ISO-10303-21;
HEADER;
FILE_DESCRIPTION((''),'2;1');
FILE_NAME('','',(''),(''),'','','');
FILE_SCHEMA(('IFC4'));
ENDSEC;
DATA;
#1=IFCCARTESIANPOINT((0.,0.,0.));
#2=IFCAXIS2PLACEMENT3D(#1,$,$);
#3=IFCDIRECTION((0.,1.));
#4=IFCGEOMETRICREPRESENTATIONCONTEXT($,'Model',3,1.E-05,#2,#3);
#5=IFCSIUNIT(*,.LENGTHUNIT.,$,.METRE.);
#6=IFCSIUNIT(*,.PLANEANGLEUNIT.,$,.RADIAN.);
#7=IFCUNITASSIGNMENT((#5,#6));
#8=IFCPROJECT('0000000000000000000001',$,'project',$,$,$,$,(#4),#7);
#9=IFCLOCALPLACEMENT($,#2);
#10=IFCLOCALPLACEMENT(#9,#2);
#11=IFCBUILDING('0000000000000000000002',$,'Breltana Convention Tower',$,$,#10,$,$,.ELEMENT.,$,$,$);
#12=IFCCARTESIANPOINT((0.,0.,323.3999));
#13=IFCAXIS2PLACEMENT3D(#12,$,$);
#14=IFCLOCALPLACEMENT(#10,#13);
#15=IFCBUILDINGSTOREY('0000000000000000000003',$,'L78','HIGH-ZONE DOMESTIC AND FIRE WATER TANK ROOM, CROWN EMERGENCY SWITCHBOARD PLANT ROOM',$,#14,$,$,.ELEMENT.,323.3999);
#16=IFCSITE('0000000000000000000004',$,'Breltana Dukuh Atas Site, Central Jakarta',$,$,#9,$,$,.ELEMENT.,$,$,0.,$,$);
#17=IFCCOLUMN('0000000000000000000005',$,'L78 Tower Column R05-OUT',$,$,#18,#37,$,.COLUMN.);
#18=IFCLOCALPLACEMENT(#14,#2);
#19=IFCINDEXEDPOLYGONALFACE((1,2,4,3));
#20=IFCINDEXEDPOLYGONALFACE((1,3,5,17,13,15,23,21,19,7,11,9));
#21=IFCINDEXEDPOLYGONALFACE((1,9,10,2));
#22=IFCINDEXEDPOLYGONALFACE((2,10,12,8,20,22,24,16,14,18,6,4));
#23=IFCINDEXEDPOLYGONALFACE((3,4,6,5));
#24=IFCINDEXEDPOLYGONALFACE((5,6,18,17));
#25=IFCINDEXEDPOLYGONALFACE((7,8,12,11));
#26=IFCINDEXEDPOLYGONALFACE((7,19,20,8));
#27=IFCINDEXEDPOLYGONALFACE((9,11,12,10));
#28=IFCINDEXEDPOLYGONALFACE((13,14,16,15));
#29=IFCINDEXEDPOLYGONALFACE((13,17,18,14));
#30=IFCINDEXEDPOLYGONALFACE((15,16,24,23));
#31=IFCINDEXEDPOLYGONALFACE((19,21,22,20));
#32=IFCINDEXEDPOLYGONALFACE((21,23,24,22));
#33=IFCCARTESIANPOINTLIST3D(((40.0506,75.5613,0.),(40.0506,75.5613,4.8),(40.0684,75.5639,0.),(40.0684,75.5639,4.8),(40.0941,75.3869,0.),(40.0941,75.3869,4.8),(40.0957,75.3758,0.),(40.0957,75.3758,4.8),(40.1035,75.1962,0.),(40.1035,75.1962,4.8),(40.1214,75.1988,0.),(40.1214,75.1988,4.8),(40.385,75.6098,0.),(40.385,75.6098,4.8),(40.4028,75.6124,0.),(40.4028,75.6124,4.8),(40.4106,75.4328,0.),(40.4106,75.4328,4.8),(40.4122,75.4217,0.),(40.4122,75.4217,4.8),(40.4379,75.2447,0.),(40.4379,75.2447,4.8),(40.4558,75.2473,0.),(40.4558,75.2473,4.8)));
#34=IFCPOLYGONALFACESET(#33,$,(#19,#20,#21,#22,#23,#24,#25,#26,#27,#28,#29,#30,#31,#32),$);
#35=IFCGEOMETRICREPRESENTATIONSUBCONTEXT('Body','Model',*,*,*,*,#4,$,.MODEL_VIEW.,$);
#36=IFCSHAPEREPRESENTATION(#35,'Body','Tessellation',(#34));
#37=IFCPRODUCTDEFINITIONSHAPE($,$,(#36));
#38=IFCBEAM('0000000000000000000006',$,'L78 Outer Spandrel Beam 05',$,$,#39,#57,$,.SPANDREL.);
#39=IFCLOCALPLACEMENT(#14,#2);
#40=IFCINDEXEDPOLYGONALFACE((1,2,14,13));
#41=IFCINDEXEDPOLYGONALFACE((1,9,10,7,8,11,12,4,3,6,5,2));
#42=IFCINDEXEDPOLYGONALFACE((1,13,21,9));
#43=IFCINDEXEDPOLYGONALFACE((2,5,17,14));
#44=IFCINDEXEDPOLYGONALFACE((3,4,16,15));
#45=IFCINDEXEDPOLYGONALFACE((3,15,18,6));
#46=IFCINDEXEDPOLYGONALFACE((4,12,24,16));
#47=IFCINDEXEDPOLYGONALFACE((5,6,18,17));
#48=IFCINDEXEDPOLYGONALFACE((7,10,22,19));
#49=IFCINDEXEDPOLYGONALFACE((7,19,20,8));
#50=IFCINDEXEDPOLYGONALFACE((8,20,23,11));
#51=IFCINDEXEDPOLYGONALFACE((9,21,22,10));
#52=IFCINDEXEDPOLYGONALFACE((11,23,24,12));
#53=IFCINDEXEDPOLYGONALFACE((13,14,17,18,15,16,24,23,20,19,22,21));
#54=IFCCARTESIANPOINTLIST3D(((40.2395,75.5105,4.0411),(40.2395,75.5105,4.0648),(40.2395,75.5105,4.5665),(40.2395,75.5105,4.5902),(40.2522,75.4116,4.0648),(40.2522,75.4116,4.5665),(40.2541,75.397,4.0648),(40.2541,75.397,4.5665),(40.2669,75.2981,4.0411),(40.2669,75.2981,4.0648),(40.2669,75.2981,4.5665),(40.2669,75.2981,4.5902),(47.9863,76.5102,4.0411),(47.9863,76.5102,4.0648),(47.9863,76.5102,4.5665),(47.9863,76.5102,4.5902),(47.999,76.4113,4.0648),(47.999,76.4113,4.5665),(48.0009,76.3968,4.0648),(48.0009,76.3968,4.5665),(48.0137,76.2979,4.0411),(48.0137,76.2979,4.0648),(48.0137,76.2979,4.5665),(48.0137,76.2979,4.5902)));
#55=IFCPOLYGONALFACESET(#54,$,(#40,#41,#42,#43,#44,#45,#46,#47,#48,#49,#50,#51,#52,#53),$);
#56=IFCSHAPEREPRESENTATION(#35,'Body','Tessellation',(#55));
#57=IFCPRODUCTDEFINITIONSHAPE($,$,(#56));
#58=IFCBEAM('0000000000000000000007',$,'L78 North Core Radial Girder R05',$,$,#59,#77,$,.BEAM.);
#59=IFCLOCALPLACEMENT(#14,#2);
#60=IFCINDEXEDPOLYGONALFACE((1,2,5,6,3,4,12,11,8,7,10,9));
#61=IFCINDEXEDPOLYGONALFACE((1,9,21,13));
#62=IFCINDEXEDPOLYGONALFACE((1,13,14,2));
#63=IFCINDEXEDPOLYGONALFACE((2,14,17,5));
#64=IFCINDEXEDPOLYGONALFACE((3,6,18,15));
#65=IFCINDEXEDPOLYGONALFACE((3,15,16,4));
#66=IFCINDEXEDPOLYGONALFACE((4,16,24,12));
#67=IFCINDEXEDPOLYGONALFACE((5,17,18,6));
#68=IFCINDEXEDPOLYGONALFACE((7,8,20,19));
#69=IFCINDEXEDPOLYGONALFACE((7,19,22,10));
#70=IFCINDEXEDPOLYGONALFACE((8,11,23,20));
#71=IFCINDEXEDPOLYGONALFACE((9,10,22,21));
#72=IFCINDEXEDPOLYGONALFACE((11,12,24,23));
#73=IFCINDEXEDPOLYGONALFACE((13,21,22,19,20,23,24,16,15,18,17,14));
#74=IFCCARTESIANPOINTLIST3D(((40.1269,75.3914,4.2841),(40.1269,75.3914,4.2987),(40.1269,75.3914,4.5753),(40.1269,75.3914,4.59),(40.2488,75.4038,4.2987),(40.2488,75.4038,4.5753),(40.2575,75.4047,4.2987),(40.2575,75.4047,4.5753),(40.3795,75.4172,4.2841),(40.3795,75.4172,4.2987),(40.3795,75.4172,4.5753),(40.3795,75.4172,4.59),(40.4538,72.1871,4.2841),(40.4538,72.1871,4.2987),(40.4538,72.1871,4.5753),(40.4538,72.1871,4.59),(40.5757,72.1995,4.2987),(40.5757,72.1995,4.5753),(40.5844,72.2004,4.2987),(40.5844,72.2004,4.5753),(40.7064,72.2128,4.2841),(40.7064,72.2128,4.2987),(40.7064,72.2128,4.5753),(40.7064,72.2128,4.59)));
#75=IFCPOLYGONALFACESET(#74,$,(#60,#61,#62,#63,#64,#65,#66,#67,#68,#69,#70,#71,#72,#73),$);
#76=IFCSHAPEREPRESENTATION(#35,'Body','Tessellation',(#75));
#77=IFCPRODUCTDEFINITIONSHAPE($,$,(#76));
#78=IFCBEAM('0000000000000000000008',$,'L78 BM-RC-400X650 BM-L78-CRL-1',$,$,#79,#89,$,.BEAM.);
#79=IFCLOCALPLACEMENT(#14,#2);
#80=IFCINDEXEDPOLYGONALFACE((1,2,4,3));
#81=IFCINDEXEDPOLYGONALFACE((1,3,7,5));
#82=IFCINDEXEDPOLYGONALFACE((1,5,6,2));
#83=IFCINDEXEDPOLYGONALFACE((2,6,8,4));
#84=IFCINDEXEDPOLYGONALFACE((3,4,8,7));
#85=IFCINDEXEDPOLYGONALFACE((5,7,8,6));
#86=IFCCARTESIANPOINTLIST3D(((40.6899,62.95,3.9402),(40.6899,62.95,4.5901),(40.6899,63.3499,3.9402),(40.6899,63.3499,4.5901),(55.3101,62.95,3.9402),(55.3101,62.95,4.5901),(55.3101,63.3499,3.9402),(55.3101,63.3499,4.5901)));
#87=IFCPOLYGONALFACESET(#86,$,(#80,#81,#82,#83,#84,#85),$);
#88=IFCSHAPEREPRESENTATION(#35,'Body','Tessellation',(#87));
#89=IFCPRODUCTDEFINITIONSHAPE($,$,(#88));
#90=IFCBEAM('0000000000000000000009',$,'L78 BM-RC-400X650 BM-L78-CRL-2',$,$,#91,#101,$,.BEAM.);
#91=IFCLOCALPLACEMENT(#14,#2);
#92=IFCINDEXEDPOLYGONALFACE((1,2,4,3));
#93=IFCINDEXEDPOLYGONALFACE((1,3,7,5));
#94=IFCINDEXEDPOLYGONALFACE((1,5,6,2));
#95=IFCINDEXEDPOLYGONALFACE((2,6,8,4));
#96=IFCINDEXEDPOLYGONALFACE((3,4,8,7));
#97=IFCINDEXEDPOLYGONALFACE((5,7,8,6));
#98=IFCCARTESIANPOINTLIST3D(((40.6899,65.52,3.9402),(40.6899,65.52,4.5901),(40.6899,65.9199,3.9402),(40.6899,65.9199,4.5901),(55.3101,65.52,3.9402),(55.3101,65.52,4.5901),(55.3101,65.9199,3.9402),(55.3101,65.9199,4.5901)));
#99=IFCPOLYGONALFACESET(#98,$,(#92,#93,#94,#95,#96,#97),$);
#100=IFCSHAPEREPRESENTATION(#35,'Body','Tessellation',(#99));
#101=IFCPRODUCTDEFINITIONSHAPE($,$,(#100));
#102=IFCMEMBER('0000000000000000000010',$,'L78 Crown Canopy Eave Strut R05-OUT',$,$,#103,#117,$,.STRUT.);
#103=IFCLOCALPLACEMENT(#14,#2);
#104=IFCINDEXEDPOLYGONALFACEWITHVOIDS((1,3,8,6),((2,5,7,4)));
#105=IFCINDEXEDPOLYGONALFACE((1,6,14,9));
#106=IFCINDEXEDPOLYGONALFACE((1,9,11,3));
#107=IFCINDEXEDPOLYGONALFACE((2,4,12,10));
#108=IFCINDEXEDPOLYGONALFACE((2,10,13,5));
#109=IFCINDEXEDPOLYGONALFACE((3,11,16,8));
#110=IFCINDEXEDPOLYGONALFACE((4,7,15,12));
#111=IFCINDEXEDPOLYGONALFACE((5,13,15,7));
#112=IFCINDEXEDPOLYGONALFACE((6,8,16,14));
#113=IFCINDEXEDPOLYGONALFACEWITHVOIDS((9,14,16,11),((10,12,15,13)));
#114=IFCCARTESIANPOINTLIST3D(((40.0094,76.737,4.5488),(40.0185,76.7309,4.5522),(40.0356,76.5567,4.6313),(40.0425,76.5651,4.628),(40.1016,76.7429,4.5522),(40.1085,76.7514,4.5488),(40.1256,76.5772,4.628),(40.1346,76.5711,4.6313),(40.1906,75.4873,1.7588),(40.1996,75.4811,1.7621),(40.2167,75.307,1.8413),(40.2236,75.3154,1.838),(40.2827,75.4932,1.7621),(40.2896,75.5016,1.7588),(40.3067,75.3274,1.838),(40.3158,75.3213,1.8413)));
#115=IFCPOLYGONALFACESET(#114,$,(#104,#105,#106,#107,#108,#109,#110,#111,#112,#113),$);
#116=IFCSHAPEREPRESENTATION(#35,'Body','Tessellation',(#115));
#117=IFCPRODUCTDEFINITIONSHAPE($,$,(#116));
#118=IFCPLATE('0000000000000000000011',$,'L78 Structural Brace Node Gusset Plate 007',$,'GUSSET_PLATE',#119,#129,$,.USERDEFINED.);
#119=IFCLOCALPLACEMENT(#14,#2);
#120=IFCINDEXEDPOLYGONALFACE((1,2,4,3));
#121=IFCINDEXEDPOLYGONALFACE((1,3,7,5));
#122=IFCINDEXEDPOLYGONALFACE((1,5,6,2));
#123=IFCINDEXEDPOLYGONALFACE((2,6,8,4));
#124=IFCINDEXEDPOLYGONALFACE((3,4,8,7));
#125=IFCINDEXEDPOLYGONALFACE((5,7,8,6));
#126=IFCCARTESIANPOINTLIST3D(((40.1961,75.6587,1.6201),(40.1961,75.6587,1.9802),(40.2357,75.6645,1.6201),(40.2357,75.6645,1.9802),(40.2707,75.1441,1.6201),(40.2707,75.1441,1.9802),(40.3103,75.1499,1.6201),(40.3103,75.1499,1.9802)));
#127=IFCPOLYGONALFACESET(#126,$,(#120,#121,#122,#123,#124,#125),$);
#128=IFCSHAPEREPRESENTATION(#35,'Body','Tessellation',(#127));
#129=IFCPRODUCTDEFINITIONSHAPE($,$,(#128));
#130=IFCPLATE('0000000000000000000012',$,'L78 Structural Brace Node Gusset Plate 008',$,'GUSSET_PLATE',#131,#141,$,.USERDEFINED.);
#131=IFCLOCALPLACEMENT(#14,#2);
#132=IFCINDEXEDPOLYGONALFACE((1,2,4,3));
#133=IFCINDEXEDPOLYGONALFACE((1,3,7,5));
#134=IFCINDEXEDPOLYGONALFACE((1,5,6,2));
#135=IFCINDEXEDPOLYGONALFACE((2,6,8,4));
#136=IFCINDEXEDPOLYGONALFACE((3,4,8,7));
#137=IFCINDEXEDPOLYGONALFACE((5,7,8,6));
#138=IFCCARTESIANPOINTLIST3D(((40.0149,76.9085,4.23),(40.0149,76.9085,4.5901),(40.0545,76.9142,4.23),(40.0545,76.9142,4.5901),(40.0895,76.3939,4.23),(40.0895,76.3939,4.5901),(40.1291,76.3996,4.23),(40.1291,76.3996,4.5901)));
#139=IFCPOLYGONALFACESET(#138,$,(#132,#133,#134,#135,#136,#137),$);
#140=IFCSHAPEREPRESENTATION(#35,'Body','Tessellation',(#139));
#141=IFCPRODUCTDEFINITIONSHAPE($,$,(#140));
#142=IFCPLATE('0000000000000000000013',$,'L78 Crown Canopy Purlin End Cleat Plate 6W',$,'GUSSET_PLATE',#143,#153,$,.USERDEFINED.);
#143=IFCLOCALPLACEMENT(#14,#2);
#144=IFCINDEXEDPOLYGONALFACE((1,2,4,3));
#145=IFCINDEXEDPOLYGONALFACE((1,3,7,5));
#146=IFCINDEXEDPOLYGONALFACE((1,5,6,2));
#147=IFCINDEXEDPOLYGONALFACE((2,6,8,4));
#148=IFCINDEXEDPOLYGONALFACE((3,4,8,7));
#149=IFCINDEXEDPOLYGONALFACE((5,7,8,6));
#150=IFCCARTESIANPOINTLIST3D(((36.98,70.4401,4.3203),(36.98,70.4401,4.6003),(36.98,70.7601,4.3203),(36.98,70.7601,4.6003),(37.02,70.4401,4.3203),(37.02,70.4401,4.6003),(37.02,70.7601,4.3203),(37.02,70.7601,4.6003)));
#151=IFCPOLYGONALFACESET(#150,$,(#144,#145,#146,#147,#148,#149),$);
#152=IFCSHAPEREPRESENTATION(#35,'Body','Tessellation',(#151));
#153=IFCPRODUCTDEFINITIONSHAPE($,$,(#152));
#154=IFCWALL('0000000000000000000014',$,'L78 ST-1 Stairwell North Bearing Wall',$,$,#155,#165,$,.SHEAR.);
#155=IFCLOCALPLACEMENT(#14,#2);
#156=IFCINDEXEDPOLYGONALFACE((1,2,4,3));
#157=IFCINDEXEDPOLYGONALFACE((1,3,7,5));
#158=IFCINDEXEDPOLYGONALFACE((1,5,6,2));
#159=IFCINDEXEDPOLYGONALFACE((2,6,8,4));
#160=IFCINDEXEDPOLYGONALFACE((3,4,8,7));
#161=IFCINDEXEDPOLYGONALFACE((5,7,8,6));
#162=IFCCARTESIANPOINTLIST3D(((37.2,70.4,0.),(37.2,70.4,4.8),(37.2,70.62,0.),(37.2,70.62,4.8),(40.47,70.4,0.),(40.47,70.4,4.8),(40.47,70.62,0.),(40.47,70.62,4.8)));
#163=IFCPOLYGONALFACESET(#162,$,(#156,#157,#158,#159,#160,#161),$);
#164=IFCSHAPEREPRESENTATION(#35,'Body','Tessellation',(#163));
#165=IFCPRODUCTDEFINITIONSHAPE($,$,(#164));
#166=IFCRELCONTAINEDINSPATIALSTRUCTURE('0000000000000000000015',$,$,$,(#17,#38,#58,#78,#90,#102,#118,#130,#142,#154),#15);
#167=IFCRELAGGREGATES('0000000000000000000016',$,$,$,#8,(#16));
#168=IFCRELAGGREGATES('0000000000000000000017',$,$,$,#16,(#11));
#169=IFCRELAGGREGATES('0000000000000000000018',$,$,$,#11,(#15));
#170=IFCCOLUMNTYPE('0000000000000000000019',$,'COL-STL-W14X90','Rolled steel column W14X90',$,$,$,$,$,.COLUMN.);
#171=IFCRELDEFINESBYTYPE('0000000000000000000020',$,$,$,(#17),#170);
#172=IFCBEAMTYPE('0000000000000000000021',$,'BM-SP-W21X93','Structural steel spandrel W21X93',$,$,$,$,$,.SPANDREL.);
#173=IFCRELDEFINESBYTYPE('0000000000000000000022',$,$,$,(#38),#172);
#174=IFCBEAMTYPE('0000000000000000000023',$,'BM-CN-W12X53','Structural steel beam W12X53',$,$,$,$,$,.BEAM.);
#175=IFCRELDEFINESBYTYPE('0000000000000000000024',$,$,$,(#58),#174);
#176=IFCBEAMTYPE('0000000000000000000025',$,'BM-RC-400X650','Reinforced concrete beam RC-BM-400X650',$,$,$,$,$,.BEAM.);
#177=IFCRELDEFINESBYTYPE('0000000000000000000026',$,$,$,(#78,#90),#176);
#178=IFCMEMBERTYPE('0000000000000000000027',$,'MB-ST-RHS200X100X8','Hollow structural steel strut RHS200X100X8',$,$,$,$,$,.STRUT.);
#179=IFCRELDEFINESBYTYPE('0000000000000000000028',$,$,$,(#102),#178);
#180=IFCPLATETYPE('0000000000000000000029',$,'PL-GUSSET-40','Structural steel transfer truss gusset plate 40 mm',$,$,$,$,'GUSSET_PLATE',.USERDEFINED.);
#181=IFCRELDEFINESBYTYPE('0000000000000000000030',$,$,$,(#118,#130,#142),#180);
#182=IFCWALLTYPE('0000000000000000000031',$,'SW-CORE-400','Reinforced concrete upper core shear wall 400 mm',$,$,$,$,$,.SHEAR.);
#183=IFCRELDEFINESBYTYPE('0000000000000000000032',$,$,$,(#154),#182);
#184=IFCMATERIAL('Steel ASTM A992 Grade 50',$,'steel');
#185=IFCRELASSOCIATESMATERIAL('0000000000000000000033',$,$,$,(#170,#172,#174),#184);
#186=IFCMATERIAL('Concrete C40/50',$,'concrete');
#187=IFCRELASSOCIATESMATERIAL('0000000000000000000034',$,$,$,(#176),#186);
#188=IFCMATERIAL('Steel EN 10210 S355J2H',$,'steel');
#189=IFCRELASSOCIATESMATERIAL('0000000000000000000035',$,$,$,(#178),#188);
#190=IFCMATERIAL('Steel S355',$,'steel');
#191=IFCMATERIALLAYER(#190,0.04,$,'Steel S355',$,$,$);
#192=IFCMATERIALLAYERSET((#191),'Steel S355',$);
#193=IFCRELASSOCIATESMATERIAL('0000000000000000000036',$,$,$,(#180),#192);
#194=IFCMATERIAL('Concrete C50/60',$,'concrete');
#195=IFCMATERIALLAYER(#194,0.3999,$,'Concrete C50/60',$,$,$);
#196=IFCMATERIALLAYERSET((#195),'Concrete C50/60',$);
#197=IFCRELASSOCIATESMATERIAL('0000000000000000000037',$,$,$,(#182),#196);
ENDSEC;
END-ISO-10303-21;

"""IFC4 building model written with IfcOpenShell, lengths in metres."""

from ifc_helpers import new_model, si_unit, direction, frame, frame_2d, origin, origin_2d, place, context, subcontext, project, spatial, rectangle, hollow_rectangle, i_section, extrude, source, transform, mapped, material, layer, layer_set, material_profile, profile_set, type_object, type_shapes, element, save


model = new_model("IFC4")

# Units and contexts
model_context = context("Model", 3, precision=1e-05, world=origin(), true_north=direction((0.0, 1.0)))
body_context = subcontext(model_context, "Body", "Model", "MODEL_VIEW")
ifc_project = project(units=[si_unit("LENGTHUNIT", "METRE"), si_unit("PLANEANGLEUNIT", "RADIAN")], contexts=[model_context])

# Site, building, storey
site_placement = place(None, origin())
site = spatial("IfcSite", under=ifc_project, at=site_placement, Name="Breltana Dukuh Atas Site, Central Jakarta", CompositionType="ELEMENT", RefElevation=0.0)
building_placement = place(site_placement, origin())
building = spatial("IfcBuilding", under=site, at=building_placement, Name="Breltana Convention Tower", CompositionType="ELEMENT")
storey_placement = place(building_placement, frame((0.0, 0.0, 323.3999)))
storey = spatial("IfcBuildingStorey", under=building, at=storey_placement, Name="L78", Description="HIGH-ZONE DOMESTIC AND FIRE WATER TANK ROOM, CROWN EMERGENCY SWITCHBOARD PLANT ROOM", CompositionType="ELEMENT", Elevation=323.3999)

# Column
ifc_material_1 = material(Name="Steel ASTM A992 Grade 50", Category="steel")
ifc_material_profile_1 = material_profile(ifc_material_1, i_section(OverallWidth=0.3689, OverallDepth=0.356, WebThickness=0.0112, FlangeThickness=0.0181, at=origin_2d()), Name="W14X90")
ifc_profile_set_1 = profile_set([ifc_material_profile_1], Name="Steel ASTM A992 Grade 50")
column_type = type_object("IfcColumnType", Name="COL-STL-W14X90", Description="Rolled steel column W14X90", PredefinedType="COLUMN", material=ifc_profile_set_1)
shared_shape_1 = source(origin(), body_context, "Body", "SweptSolid", [
    extrude(i_section(OverallWidth=0.3689, OverallDepth=0.356, WebThickness=0.0112, FlangeThickness=0.0181, at=origin_2d()), origin(), (0.0, 0.0, 1.0), 4.8),
])
type_shapes(column_type, [shared_shape_1])
column_placement = place(storey_placement, frame((40.2532, 75.4043, 0.0), z_axis=(0.0, 0.0, 1.0), x_axis=(-0.143493, 0.989651, 0.0)))
element("IfcColumn", 1, at=column_placement, inside=storey, type_object=column_type, Name="L78 Tower Column R05-OUT", PredefinedType="COLUMN", context=body_context, shape_type="MappedRepresentation", body=[
    mapped(shared_shape_1, transform((0.0, 0.0, 0.0), scale=1.0)),
])

# Beams
ifc_material_profile_2 = material_profile(ifc_material_1, i_section(OverallWidth=0.2141, OverallDepth=0.5491, WebThickness=0.0146, FlangeThickness=0.0237, at=origin_2d()), Name="W21X93")
ifc_profile_set_2 = profile_set([ifc_material_profile_2], Name="Steel ASTM A992 Grade 50")
beam_type_1 = type_object("IfcBeamType", Name="BM-SP-W21X93", Description="Structural steel spandrel W21X93", PredefinedType="SPANDREL", material=ifc_profile_set_2)
shared_shape_2 = source(origin(), body_context, "Body", "SweptSolid", [
    extrude(i_section(OverallWidth=0.2141, OverallDepth=0.5491, WebThickness=0.0146, FlangeThickness=0.0237, at=origin_2d()), origin(), (0.0, 0.0, 1.0), 7.811),
])
beam_1_placement = place(storey_placement, frame((40.2532, 75.4043, 4.3157), z_axis=(0.991775, 0.127992, 0.0), x_axis=(-0.127992, 0.991775, 0.0)))
element("IfcBeam", 2, at=beam_1_placement, inside=storey, type_object=beam_type_1, Name="L78 Outer Spandrel Beam 05", PredefinedType="SPANDREL", context=body_context, shape_type="MappedRepresentation", body=[
    mapped(shared_shape_2, transform((0.0, 0.0, 0.0), scale=1.0)),
])
ifc_material_profile_3 = material_profile(ifc_material_1, i_section(OverallWidth=0.2539, OverallDepth=0.3059, WebThickness=0.0088, FlangeThickness=0.0146, at=origin_2d()), Name="W12X53")
ifc_profile_set_3 = profile_set([ifc_material_profile_3], Name="Steel ASTM A992 Grade 50")
beam_type_2 = type_object("IfcBeamType", Name="BM-CN-W12X53", Description="Structural steel beam W12X53", PredefinedType="BEAM", material=ifc_profile_set_3)
shared_shape_3 = source(origin(), body_context, "Body", "SweptSolid", [
    extrude(i_section(OverallWidth=0.2539, OverallDepth=0.3059, WebThickness=0.0088, FlangeThickness=0.0146, at=origin_2d()), origin(), (0.0, 0.0, 1.0), 3.2209),
])
beam_2_placement = place(storey_placement, frame((40.5801, 72.2, 4.437), z_axis=(-0.101492, 0.994836, 0.0), x_axis=(-0.994836, -0.101492, 0.0)))
element("IfcBeam", 3, at=beam_2_placement, inside=storey, type_object=beam_type_2, Name="L78 North Core Radial Girder R05", PredefinedType="BEAM", context=body_context, shape_type="MappedRepresentation", body=[
    mapped(shared_shape_3, transform((0.0, 0.0, 0.0), scale=1.0)),
])
ifc_material_2 = material(Name="Concrete C40/50", Category="concrete")
ifc_material_profile_4 = material_profile(ifc_material_2, rectangle(XDim=0.3999, YDim=0.6499, at=origin_2d()), Name="RC-BM-400X650")
ifc_profile_set_4 = profile_set([ifc_material_profile_4], Name="Concrete C40/50")
beam_type_3 = type_object("IfcBeamType", Name="BM-RC-400X650", Description="Reinforced concrete beam RC-BM-400X650", PredefinedType="BEAM", material=ifc_profile_set_4)
shared_shape_4 = source(origin(), body_context, "Body", "SweptSolid", [
    extrude(rectangle(XDim=0.3999, YDim=0.6499, at=origin_2d()), origin(), (0.0, 0.0, 1.0), 14.6201),
])
for number, where, z_axis, x_axis, name in (
    (4, (40.6899, 63.1499, 4.2651), (1.0, 0.0, 0.0), (0.0, 1.0, 0.0), "L78 BM-RC-400X650 BM-L78-CRL-1"),
    (5, (40.6899, 65.72, 4.2651), (1.0, 0.0, 0.0), (0.0, 1.0, 0.0), "L78 BM-RC-400X650 BM-L78-CRL-2"),
):
    element("IfcBeam", number, at=place(storey_placement, frame(where, z_axis=z_axis, x_axis=x_axis)), inside=storey, type_object=beam_type_3, Name=name, PredefinedType="BEAM", context=body_context, shape_type="MappedRepresentation", body=[
        mapped(shared_shape_4, transform((0.0, 0.0, 0.0), scale=1.0)),
    ])

# Member
ifc_material_3 = material(Name="Steel EN 10210 S355J2H", Category="steel")
ifc_material_profile_5 = material_profile(ifc_material_3, hollow_rectangle(XDim=0.1001, YDim=0.2, WallThickness=0.0081, at=origin_2d()), Name="RHS200X100X8")
ifc_profile_set_5 = profile_set([ifc_material_profile_5], Name="Steel EN 10210 S355J2H")
member_type = type_object("IfcMemberType", Name="MB-ST-RHS200X100X8", Description="Hollow structural steel strut RHS200X100X8", PredefinedType="STRUT", material=ifc_profile_set_5)
shared_shape_5 = source(origin(), body_context, "Body", "SweptSolid", [
    extrude(hollow_rectangle(XDim=0.1001, YDim=0.2, WallThickness=0.0081, at=origin_2d()), origin(), (0.0, 0.0, 1.0), 3.0625),
])
type_shapes(member_type, [shared_shape_5])
member_placement = place(storey_placement, frame((40.2532, 75.4043, 1.8), z_axis=(-0.059151, 0.408081, 0.911027), x_axis=(-0.989657, -0.143451, 0.0)))
element("IfcMember", 6, at=member_placement, inside=storey, type_object=member_type, Name="L78 Crown Canopy Eave Strut R05-OUT", PredefinedType="STRUT", context=body_context, shape_type="MappedRepresentation", body=[
    mapped(shared_shape_5, transform((0.0, 0.0, 0.0), scale=1.0)),
])

# Plates
ifc_material_4 = material(Name="Steel S355", Category="steel")
ifc_layer_1 = layer(ifc_material_4, 0.04, Name="Steel S355")
ifc_layer_set_1 = layer_set([ifc_layer_1], Name="Steel S355")
plate_type = type_object("IfcPlateType", Name="PL-GUSSET-40", Description="Structural steel transfer truss gusset plate 40 mm", ElementType="GUSSET_PLATE", PredefinedType="USERDEFINED", material=ifc_layer_set_1)
shared_shape_6 = source(origin(), body_context, "Body", "SweptSolid", [
    extrude(rectangle(XDim=0.52, YDim=0.04, at=origin_2d()), origin(), (0.0, 0.0, 1.0), 0.3601),
])
for number, where, z_axis, x_axis, name in (
    (7, (40.2532, 75.4043, 1.6201), (0.0, 0.0, 1.0), (-0.143493, 0.989651, 0.0), "L78 Structural Brace Node Gusset Plate 007"),
    (8, (40.072, 76.6541, 4.23), (0.0, 0.0, 1.0), (-0.143493, 0.989651, 0.0), "L78 Structural Brace Node Gusset Plate 008"),
):
    element("IfcPlate", number, at=place(storey_placement, frame(where, z_axis=z_axis, x_axis=x_axis)), inside=storey, type_object=plate_type, Name=name, ObjectType="GUSSET_PLATE", PredefinedType="USERDEFINED", context=body_context, shape_type="MappedRepresentation", body=[
        mapped(shared_shape_6, transform((0.0, 0.0, 0.0), scale=1.0)),
    ])
shared_shape_7 = source(origin(), body_context, "Body", "SweptSolid", [
    extrude(rectangle(XDim=0.04, YDim=0.3201, at=origin_2d()), origin(), (0.0, 0.0, 1.0), 0.28),
])
plate_placement = place(storey_placement, frame((37.0, 70.6001, 4.3203), z_axis=(0.0, 0.0, 1.0), x_axis=(1.0, 0.0, 0.0)))
element("IfcPlate", 9, at=plate_placement, inside=storey, type_object=plate_type, Name="L78 Crown Canopy Purlin End Cleat Plate 6W", ObjectType="GUSSET_PLATE", PredefinedType="USERDEFINED", context=body_context, shape_type="MappedRepresentation", body=[
    mapped(shared_shape_7, transform((0.0, 0.0, 0.0), scale=1.0)),
])

# Wall
ifc_material_5 = material(Name="Concrete C50/60", Category="concrete")
ifc_layer_2 = layer(ifc_material_5, 0.3999, Name="Concrete C50/60")
ifc_layer_set_2 = layer_set([ifc_layer_2], Name="Concrete C50/60")
wall_type_1 = type_object("IfcWallType", Name="SW-CORE-400", Description="Reinforced concrete upper core shear wall 400 mm", PredefinedType="SHEAR", material=ifc_layer_set_2)
shared_shape_8 = source(origin(), body_context, "Body", "SweptSolid", [
    extrude(rectangle(XDim=3.27, YDim=0.22, at=frame_2d((1.635, 0.0))), origin(), (0.0, 0.0, 1.0), 4.8),
])
wall_1_placement = place(storey_placement, frame((37.2, 70.51, 0.0), z_axis=(0.0, 0.0, 1.0), x_axis=(1.0, 0.0, 0.0)))
element("IfcWall", 10, at=wall_1_placement, inside=storey, type_object=wall_type_1, Name="L78 ST-1 Stairwell North Bearing Wall", PredefinedType="SHEAR", context=body_context, shape_type="MappedRepresentation", body=[
    mapped(shared_shape_8, transform((0.0, 0.0, 0.0), scale=1.0)),
])

save(model, "model.ifc")
